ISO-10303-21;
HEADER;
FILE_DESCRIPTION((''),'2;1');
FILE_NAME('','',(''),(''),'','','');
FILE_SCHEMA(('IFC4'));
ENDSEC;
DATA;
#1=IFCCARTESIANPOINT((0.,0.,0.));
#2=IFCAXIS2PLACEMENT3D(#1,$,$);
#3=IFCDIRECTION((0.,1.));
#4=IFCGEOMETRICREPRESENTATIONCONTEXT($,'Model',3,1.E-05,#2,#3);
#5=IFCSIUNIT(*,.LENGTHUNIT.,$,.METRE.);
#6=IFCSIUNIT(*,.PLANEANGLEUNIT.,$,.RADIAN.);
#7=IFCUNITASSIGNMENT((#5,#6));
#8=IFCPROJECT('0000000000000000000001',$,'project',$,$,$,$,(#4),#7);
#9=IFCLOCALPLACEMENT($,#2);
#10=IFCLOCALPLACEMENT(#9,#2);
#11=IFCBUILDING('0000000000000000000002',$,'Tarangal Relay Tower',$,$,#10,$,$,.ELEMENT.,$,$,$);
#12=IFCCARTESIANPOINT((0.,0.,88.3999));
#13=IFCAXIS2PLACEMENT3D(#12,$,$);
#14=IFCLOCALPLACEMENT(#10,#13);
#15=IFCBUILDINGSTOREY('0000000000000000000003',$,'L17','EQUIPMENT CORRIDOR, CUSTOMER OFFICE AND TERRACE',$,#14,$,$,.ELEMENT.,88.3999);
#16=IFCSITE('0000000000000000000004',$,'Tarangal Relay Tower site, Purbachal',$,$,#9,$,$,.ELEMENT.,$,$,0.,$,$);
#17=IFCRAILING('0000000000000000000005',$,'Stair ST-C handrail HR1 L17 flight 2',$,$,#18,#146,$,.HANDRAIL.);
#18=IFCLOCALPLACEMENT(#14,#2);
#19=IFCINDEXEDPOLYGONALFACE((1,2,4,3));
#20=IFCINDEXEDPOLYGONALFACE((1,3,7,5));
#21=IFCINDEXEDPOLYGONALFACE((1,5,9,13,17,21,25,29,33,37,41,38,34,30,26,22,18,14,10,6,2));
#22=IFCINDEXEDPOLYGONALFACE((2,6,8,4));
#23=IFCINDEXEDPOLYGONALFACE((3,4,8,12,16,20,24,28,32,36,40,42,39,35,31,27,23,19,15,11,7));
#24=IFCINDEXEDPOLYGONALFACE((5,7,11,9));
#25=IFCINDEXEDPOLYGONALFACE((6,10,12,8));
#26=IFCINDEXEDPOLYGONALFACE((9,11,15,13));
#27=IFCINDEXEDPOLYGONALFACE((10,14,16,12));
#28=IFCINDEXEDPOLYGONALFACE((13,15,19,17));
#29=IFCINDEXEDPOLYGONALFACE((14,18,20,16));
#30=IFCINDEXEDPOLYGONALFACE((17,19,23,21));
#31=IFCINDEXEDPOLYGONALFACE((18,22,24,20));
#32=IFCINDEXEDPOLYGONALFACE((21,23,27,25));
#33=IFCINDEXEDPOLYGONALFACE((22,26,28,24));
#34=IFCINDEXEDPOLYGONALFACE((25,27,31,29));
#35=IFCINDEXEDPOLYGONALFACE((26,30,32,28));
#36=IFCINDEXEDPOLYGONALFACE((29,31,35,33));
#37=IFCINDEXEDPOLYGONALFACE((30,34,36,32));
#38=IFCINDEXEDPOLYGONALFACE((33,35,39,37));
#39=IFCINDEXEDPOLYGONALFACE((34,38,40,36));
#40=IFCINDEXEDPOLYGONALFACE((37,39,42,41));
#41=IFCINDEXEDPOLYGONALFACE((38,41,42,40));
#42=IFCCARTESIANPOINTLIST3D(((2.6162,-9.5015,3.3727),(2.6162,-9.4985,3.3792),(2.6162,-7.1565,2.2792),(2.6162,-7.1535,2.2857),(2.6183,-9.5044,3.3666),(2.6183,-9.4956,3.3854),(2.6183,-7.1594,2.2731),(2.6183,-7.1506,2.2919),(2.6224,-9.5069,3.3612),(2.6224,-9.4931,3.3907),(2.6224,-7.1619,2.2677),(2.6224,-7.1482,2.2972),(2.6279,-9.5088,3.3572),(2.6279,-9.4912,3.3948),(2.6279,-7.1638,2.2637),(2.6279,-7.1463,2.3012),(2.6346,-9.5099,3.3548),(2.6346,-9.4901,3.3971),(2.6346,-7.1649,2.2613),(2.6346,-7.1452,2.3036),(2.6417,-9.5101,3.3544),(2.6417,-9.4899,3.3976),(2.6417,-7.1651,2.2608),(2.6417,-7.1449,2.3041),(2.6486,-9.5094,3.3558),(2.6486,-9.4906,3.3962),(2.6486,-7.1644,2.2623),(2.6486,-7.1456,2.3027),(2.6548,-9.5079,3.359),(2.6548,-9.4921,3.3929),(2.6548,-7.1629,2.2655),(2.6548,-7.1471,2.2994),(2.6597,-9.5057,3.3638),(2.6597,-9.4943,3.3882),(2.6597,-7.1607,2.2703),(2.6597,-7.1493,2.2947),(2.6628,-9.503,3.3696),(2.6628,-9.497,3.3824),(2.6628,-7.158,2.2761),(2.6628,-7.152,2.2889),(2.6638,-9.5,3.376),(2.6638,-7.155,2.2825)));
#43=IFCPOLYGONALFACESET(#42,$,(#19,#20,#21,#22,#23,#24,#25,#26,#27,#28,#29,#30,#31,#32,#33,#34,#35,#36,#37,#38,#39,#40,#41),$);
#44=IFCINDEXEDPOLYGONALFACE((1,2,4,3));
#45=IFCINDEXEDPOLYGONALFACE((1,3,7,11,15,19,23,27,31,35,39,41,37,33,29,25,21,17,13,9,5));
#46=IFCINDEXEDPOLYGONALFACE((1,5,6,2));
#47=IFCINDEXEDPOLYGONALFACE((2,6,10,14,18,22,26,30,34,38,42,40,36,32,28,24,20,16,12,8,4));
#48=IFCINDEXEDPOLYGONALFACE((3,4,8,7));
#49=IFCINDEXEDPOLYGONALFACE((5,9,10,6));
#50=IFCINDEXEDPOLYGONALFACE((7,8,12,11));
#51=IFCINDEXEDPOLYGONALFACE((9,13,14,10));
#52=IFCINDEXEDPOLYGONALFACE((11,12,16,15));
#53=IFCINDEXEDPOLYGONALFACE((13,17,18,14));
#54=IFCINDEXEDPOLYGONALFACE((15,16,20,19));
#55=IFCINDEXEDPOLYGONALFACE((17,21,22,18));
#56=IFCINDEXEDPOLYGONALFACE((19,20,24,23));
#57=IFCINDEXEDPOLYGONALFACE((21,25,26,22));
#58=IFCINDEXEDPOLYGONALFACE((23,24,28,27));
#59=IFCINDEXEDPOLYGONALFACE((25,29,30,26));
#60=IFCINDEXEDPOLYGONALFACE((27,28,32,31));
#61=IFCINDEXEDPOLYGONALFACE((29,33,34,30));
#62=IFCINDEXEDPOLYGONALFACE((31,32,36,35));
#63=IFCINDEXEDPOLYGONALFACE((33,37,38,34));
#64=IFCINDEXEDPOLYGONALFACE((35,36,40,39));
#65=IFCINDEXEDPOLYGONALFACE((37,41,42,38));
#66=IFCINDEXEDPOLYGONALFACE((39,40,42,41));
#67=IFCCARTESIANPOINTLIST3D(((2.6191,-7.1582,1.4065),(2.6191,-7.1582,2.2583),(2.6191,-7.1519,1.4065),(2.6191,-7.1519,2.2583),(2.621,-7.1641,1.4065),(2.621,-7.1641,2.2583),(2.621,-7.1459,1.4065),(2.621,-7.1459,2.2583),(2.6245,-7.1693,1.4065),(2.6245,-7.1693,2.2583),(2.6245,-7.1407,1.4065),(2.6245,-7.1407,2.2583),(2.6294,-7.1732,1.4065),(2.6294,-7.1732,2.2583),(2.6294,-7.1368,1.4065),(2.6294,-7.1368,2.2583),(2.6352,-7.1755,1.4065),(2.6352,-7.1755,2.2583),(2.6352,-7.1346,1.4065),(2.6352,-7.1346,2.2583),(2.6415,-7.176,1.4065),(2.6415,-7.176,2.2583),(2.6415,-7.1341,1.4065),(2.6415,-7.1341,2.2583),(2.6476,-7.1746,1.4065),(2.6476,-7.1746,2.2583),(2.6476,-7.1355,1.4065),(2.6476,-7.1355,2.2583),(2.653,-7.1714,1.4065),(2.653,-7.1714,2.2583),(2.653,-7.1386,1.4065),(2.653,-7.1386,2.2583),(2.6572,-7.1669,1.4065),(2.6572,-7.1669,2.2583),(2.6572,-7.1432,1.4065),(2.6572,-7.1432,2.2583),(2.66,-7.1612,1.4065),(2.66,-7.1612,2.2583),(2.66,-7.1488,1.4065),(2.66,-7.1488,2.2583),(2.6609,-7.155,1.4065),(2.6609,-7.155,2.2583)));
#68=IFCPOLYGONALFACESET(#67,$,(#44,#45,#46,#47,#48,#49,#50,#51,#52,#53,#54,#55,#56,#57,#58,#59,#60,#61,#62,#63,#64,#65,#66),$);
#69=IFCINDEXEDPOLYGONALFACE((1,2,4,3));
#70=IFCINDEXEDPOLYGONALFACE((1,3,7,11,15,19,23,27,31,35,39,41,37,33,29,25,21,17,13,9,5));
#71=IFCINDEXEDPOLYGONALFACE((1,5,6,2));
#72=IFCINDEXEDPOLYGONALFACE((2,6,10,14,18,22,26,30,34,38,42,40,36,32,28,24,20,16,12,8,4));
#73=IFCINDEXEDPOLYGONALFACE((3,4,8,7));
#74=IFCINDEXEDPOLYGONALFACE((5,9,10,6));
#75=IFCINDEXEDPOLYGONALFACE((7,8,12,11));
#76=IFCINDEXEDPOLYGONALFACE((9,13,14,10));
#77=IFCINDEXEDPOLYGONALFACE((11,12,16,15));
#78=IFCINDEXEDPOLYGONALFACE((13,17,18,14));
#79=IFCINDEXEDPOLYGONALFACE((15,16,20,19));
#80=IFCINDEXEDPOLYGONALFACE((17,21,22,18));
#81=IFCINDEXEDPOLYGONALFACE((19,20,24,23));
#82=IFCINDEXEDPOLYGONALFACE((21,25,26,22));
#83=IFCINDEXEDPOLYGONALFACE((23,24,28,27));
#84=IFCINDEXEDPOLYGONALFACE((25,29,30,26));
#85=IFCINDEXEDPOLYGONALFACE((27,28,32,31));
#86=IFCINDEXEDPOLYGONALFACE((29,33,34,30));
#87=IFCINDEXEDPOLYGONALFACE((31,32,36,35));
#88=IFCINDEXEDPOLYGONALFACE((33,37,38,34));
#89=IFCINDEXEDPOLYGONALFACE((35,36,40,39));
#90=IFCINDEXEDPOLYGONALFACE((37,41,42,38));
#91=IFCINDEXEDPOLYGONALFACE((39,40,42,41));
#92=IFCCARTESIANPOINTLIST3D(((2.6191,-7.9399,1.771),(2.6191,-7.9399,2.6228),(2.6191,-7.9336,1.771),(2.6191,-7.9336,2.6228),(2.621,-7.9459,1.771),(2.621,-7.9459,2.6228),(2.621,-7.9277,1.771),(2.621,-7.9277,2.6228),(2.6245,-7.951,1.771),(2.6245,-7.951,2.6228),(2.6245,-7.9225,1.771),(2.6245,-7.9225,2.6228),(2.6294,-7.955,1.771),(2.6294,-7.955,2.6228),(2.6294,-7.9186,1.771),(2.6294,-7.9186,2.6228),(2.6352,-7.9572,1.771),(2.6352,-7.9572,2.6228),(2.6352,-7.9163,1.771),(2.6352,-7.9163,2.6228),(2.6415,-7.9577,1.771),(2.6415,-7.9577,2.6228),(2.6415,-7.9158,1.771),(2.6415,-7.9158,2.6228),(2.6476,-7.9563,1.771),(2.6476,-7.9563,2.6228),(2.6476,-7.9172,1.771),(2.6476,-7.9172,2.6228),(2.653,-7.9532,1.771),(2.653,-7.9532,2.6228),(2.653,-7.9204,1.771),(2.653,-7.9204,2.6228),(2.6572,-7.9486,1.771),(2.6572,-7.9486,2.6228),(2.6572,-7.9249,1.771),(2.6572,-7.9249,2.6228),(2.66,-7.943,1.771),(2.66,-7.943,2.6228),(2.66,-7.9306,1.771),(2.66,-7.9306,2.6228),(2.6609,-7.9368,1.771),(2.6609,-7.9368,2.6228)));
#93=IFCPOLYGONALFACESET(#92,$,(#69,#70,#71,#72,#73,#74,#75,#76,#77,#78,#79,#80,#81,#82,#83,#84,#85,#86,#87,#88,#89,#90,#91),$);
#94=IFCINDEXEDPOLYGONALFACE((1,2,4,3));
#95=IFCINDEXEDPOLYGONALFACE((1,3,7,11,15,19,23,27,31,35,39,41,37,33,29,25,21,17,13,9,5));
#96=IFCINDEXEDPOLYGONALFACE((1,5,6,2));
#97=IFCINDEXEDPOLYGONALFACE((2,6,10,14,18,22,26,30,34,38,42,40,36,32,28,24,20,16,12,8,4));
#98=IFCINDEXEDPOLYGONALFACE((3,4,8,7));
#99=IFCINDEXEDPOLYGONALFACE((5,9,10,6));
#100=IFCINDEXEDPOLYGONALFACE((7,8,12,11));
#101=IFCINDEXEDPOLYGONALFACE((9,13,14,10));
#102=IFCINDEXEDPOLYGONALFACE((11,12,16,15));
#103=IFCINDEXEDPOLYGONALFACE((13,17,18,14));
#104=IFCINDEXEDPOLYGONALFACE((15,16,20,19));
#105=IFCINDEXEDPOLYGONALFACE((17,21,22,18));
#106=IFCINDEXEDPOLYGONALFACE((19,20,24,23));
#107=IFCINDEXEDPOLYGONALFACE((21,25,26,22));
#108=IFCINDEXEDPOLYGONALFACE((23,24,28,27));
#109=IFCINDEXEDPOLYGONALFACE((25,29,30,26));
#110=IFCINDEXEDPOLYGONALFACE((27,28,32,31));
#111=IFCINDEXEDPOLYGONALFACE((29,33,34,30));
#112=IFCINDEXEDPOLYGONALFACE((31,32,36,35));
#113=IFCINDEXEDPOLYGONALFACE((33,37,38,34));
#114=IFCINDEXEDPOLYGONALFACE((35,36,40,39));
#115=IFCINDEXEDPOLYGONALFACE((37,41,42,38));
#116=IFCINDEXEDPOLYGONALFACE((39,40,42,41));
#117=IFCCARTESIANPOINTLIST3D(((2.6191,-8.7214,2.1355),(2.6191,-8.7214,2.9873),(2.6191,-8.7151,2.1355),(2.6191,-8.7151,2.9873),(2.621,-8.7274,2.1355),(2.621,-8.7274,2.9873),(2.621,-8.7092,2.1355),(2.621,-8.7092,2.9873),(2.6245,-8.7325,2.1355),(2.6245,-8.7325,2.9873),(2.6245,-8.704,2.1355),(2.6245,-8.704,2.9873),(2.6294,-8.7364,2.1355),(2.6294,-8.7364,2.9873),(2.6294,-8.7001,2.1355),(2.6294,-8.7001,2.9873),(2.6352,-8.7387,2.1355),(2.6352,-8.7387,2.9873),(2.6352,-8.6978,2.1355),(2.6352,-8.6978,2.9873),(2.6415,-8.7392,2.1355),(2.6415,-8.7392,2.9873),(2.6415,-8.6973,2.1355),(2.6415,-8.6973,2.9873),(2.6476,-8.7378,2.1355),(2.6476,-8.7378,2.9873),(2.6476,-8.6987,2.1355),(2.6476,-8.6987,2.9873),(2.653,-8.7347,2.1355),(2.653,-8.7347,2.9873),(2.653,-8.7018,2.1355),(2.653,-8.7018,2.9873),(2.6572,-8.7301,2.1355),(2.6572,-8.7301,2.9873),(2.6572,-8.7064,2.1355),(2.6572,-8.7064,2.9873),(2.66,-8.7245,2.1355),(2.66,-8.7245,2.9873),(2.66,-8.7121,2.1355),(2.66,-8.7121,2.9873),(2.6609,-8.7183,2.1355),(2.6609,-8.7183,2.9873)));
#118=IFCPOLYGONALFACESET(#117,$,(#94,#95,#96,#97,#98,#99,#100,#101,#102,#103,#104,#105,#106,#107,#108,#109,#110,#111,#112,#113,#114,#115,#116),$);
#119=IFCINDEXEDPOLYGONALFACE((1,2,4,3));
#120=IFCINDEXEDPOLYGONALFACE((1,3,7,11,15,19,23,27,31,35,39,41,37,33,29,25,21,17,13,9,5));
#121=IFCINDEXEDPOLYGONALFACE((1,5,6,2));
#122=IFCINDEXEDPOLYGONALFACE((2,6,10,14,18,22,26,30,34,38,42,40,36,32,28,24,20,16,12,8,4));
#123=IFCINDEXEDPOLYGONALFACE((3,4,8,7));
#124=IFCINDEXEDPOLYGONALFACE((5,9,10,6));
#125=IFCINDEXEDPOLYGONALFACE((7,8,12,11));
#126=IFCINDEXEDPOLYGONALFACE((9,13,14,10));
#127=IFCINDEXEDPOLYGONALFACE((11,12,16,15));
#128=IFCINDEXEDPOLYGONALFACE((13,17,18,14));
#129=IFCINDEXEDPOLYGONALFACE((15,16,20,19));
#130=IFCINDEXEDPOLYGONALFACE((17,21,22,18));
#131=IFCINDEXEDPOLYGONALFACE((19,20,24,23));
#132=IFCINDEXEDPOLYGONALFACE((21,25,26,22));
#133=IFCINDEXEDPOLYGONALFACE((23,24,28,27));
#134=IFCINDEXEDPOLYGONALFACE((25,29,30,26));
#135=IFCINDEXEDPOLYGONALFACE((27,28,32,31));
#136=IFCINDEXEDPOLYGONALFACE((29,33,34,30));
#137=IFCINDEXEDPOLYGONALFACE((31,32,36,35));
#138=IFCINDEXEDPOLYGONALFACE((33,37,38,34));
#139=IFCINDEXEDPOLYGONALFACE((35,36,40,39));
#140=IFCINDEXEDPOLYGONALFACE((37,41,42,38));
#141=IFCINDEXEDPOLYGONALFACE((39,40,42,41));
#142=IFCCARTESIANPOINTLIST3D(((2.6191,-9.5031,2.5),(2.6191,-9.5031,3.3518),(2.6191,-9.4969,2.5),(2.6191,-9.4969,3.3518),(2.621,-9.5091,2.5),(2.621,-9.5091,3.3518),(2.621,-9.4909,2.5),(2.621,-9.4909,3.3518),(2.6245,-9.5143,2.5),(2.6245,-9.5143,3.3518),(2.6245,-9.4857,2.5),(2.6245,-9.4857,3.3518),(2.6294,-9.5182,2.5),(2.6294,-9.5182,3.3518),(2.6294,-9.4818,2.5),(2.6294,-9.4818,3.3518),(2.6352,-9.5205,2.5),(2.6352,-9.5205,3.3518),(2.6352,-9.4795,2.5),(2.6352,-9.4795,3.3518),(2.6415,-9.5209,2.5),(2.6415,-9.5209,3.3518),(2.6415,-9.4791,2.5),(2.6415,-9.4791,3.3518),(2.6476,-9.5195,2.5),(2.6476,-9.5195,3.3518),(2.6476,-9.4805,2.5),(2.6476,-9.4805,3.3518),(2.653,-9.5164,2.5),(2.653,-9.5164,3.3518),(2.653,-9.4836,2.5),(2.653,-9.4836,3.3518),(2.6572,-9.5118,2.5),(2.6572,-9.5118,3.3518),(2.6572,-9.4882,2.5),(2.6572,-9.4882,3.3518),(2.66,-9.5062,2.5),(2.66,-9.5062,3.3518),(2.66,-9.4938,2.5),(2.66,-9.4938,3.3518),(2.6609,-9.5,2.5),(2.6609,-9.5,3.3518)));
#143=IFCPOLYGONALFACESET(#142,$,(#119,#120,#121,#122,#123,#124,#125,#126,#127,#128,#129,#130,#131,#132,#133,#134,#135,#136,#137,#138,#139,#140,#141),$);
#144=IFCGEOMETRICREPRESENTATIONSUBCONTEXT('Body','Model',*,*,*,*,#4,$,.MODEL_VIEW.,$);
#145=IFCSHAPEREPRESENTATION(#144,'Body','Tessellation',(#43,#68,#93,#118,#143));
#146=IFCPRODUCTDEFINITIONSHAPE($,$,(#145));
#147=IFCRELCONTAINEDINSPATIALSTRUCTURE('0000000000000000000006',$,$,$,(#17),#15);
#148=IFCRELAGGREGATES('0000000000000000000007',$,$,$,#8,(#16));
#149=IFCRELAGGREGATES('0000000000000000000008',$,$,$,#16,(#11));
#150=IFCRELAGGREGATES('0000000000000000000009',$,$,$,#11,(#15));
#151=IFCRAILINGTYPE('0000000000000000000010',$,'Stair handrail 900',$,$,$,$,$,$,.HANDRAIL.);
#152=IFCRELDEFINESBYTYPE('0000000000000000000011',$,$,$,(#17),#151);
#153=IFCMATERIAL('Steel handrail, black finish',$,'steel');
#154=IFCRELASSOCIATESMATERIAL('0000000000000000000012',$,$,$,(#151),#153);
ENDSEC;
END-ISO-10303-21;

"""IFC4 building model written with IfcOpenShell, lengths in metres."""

from ifc_helpers import new_model, si_unit, direction, frame, origin, origin_2d, place, context, subcontext, project, spatial, circle, extrude, material, type_object, element, save


model = new_model("IFC4")

# Units and contexts
model_context = context("Model", 3, precision=1e-05, world=origin(), true_north=direction((0.0, 1.0)))
body_context = subcontext(model_context, "Body", "Model", "MODEL_VIEW")
ifc_project = project(units=[si_unit("LENGTHUNIT", "METRE"), si_unit("PLANEANGLEUNIT", "RADIAN")], contexts=[model_context])

# Site, building, storey
site_placement = place(None, origin())
site = spatial("IfcSite", under=ifc_project, at=site_placement, Name="Tarangal Relay Tower site, Purbachal", CompositionType="ELEMENT", RefElevation=0.0)
building_placement = place(site_placement, origin())
building = spatial("IfcBuilding", under=site, at=building_placement, Name="Tarangal Relay Tower", CompositionType="ELEMENT")
storey_placement = place(building_placement, frame((0.0, 0.0, 88.3999)))
storey = spatial("IfcBuildingStorey", under=building, at=storey_placement, Name="L17", Description="EQUIPMENT CORRIDOR, CUSTOMER OFFICE AND TERRACE", CompositionType="ELEMENT", Elevation=88.3999)

# Railing
ifc_material_1 = material(Name="Steel handrail, black finish", Category="steel")
railing_type_1 = type_object("IfcRailingType", Name="Stair handrail 900", PredefinedType="HANDRAIL", material=ifc_material_1)
for number, where, name in (
    (1, (2.6399, -7.155, 1.4065), "Stair ST-C handrail HR1 L17 flight 2"),
):
    element("IfcRailing", number, at=place(storey_placement, frame(where)), inside=storey, type_object=railing_type_1, Name=name, PredefinedType="HANDRAIL", context=body_context, shape_type="SweptSolid", body=[
        extrude(circle(Radius=0.0239, at=origin_2d()), frame((0.0, 0.0, 0.876), z_axis=(0.0, -0.906304, 0.422627), x_axis=(1.0, 0.0, 0.0)), (0.0, 0.0, 1.0), 2.5874),
        extrude(circle(Radius=0.021, at=origin_2d()), origin(), (0.0, 0.0, 1.0), 0.8518),
        extrude(circle(Radius=0.021, at=origin_2d()), frame((0.0, -0.7817, 0.3645)), (0.0, 0.0, 1.0), 0.8518),
        extrude(circle(Radius=0.021, at=origin_2d()), frame((0.0, -1.5632, 0.729)), (0.0, 0.0, 1.0), 0.8518),
        extrude(circle(Radius=0.021, at=origin_2d()), frame((0.0, -2.345, 1.0935)), (0.0, 0.0, 1.0), 0.8518),
    ])

save(model, "model.ifc")
